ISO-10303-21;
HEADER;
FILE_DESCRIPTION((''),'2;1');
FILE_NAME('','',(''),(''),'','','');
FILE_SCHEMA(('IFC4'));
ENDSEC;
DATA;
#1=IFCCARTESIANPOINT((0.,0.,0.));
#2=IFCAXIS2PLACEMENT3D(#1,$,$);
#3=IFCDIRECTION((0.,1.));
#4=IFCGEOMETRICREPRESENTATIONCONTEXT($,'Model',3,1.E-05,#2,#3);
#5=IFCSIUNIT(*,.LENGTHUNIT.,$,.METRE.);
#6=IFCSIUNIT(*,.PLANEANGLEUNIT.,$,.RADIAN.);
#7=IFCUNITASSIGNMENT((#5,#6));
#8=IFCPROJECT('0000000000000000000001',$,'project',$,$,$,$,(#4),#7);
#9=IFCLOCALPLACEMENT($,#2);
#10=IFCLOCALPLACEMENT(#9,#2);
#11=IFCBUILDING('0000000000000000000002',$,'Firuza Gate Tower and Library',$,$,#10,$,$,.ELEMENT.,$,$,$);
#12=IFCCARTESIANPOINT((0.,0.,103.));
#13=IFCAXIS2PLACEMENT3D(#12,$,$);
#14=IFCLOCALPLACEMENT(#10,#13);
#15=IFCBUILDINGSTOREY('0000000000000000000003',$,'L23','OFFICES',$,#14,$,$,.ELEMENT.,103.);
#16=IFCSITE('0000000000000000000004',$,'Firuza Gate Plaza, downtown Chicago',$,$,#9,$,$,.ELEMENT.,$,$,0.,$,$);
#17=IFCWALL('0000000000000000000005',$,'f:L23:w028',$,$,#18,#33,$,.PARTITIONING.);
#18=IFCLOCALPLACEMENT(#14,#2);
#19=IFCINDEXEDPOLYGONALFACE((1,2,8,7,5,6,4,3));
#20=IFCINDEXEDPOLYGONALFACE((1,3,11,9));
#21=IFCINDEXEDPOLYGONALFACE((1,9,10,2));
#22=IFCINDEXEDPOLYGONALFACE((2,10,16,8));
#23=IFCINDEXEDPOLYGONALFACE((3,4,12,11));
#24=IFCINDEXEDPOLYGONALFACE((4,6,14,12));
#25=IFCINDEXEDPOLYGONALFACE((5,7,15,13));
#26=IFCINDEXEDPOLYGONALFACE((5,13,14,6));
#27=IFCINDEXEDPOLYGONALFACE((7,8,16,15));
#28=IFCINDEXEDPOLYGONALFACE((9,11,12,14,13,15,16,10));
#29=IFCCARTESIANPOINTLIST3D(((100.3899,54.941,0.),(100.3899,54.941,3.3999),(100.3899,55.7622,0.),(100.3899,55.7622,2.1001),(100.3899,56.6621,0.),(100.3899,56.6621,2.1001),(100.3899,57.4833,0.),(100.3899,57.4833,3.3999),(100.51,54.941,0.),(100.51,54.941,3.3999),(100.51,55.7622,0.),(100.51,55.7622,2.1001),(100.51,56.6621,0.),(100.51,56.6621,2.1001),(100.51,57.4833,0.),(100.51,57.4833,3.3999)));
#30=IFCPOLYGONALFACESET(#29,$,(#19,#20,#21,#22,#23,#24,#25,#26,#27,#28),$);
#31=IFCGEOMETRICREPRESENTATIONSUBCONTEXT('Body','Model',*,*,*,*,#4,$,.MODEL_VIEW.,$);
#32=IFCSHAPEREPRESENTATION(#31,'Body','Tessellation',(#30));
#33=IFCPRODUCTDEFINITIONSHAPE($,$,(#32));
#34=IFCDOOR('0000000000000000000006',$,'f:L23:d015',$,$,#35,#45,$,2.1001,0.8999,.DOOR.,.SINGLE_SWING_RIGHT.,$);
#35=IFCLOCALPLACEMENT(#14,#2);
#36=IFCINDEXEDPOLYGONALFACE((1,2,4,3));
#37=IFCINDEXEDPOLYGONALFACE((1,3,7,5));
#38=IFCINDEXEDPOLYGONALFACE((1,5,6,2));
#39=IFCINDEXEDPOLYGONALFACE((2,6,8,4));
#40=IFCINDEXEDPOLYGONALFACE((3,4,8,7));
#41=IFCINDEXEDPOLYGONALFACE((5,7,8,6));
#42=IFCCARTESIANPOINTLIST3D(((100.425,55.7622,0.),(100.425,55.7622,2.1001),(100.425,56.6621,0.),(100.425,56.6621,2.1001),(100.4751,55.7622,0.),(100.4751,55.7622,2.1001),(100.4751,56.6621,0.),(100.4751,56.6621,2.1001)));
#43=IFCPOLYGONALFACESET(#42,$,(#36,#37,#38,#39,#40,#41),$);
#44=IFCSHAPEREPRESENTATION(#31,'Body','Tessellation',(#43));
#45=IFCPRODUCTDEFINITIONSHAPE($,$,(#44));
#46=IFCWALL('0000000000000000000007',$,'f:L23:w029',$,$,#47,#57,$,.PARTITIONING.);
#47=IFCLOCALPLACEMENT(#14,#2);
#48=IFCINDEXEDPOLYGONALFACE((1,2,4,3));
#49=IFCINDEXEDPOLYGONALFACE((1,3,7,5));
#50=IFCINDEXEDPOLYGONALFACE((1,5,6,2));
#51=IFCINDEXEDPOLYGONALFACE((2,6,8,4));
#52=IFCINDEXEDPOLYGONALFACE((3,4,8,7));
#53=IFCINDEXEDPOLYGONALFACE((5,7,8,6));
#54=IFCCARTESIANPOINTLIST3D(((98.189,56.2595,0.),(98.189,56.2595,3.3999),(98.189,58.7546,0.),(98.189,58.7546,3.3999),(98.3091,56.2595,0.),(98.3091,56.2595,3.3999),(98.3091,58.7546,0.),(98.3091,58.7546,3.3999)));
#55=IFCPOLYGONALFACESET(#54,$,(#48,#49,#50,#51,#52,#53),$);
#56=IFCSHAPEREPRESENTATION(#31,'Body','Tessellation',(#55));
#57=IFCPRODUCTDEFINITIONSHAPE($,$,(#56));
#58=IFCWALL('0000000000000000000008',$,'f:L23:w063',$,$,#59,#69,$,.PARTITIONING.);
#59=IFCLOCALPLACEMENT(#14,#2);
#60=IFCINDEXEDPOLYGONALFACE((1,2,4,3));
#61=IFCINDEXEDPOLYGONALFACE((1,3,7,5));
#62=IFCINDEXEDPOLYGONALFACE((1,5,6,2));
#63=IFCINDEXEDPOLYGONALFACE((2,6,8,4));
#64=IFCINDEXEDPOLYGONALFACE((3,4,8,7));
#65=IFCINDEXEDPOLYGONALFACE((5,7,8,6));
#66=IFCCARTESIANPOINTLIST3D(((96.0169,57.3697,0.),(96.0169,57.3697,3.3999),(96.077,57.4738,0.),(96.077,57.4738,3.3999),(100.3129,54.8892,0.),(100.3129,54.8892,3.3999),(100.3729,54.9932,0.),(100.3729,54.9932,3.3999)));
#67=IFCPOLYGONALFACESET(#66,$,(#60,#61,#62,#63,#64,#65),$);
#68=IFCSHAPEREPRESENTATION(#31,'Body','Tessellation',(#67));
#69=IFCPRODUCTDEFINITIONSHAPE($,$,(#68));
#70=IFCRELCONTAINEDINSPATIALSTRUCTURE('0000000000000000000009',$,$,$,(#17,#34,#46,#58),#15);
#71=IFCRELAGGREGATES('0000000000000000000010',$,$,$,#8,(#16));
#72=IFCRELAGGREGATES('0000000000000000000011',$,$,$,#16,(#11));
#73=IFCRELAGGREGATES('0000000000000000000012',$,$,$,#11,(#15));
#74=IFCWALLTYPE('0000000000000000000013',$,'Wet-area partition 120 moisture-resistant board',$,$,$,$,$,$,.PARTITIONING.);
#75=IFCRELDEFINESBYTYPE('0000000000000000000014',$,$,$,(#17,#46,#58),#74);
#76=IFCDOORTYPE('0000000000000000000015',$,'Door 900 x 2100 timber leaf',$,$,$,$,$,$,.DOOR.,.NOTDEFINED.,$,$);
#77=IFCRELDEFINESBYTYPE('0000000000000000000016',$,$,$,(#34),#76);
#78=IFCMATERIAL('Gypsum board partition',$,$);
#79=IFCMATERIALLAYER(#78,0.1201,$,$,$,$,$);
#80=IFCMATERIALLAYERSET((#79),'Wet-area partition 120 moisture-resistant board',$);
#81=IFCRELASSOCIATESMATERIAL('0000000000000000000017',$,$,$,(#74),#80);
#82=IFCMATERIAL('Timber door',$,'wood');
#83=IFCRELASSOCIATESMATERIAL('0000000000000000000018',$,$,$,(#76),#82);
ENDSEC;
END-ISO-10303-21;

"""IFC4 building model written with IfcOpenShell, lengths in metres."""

from ifc_helpers import new_model, si_unit, direction, frame, frame_2d, origin, place, context, subcontext, project, spatial, rectangle, extrude, material, layer, layer_set, type_object, element, fill, save


model = new_model("IFC4")

# Units and contexts
model_context = context("Model", 3, precision=1e-05, world=origin(), true_north=direction((0.0, 1.0)))
body_context = subcontext(model_context, "Body", "Model", "MODEL_VIEW")
ifc_project = project(units=[si_unit("LENGTHUNIT", "METRE"), si_unit("PLANEANGLEUNIT", "RADIAN")], contexts=[model_context])

# Site, building, storey
site_placement = place(None, origin())
site = spatial("IfcSite", under=ifc_project, at=site_placement, Name="Firuza Gate Plaza, downtown Chicago", CompositionType="ELEMENT", RefElevation=0.0)
building_placement = place(site_placement, origin())
building = spatial("IfcBuilding", under=site, at=building_placement, Name="Firuza Gate Tower and Library", CompositionType="ELEMENT")
storey_placement = place(building_placement, frame((0.0, 0.0, 103.0)))
storey = spatial("IfcBuildingStorey", under=building, at=storey_placement, Name="L23", Description="OFFICES", CompositionType="ELEMENT", Elevation=103.0)

# Shared definitions
ifc_material_1 = material(Name="Gypsum board partition")
ifc_layer_1 = layer(ifc_material_1, 0.1201)
ifc_layer_set_1 = layer_set([ifc_layer_1], Name="Wet-area partition 120 moisture-resistant board")
wall_type_1 = type_object("IfcWallType", Name="Wet-area partition 120 moisture-resistant board", PredefinedType="PARTITIONING", material=ifc_layer_set_1)

# Wall, opening, door
wall_1_placement = place(storey_placement, frame((100.45, 54.9412, 0.0), z_axis=(0.0, 0.0, 1.0), x_axis=(0.0, 1.0, 0.0)))
wall_1 = element("IfcWall", 1, at=wall_1_placement, inside=storey, type_object=wall_type_1, Name="f:L23:w028", PredefinedType="PARTITIONING", context=body_context, shape_type="SweptSolid", body=[
    extrude(rectangle(XDim=2.5422, YDim=0.1201, at=frame_2d((1.271, 0.0))), origin(), (0.0, 0.0, 1.0), 3.3999),
])
opening_placement = place(wall_1_placement, frame((0.821, 0.0, 0.0)))
opening = element("IfcOpeningElement", 2, at=opening_placement, cuts=wall_1, PredefinedType="OPENING", context=body_context, shape_type="SweptSolid", body=[
    extrude(rectangle(XDim=0.8999, YDim=2.1001, at=frame_2d((0.45, 1.05))), frame((0.0, 0.0701, 0.0), z_axis=(0.0, -1.0, 0.0), x_axis=(1.0, 0.0, 0.0)), (0.0, 0.0, 1.0), 0.1401),
])
ifc_material_2 = material(Name="Timber door", Category="wood")
door_type = type_object("IfcDoorType", Name="Door 900 x 2100 timber leaf", OperationType="NOTDEFINED", PredefinedType="DOOR", material=ifc_material_2)
door_placement = place(opening_placement, origin())
door = element("IfcDoor", 3, at=door_placement, inside=storey, type_object=door_type, Name="f:L23:d015", OperationType="SINGLE_SWING_RIGHT", OverallHeight=2.1001, OverallWidth=0.8999, PredefinedType="DOOR", context=body_context, shape_type="SweptSolid", body=[
    extrude(rectangle(XDim=0.8999, YDim=2.1001, at=frame_2d((0.45, 1.05))), frame((0.0, 0.0249, 0.0), z_axis=(0.0, -1.0, 0.0), x_axis=(1.0, 0.0, 0.0)), (0.0, 0.0, 1.0), 0.05),
])
fill(opening, door)

# Walls
wall_2_placement = place(storey_placement, frame((98.249, 56.2595, 0.0), z_axis=(0.0, 0.0, 1.0), x_axis=(0.0, 1.0, 0.0)))
element("IfcWall", 4, at=wall_2_placement, inside=storey, type_object=wall_type_1, Name="f:L23:w029", PredefinedType="PARTITIONING", context=body_context, shape_type="SweptSolid", body=[
    extrude(rectangle(XDim=2.4951, YDim=0.1201, at=frame_2d((1.2476, 0.0))), origin(), (0.0, 0.0, 1.0), 3.3999),
])
wall_3_placement = place(storey_placement, frame((100.343, 54.9412, 0.0), z_axis=(0.0, 0.0, 1.0), x_axis=(-0.866005, 0.500035, 0.0)))
element("IfcWall", 5, at=wall_3_placement, inside=storey, type_object=wall_type_1, Name="f:L23:w063", PredefinedType="PARTITIONING", context=body_context, shape_type="SweptSolid", body=[
    extrude(rectangle(XDim=4.9607, YDim=0.1201, at=frame_2d((2.4805, 0.0))), origin(), (0.0, 0.0, 1.0), 3.3999),
])

save(model, "model.ifc")
